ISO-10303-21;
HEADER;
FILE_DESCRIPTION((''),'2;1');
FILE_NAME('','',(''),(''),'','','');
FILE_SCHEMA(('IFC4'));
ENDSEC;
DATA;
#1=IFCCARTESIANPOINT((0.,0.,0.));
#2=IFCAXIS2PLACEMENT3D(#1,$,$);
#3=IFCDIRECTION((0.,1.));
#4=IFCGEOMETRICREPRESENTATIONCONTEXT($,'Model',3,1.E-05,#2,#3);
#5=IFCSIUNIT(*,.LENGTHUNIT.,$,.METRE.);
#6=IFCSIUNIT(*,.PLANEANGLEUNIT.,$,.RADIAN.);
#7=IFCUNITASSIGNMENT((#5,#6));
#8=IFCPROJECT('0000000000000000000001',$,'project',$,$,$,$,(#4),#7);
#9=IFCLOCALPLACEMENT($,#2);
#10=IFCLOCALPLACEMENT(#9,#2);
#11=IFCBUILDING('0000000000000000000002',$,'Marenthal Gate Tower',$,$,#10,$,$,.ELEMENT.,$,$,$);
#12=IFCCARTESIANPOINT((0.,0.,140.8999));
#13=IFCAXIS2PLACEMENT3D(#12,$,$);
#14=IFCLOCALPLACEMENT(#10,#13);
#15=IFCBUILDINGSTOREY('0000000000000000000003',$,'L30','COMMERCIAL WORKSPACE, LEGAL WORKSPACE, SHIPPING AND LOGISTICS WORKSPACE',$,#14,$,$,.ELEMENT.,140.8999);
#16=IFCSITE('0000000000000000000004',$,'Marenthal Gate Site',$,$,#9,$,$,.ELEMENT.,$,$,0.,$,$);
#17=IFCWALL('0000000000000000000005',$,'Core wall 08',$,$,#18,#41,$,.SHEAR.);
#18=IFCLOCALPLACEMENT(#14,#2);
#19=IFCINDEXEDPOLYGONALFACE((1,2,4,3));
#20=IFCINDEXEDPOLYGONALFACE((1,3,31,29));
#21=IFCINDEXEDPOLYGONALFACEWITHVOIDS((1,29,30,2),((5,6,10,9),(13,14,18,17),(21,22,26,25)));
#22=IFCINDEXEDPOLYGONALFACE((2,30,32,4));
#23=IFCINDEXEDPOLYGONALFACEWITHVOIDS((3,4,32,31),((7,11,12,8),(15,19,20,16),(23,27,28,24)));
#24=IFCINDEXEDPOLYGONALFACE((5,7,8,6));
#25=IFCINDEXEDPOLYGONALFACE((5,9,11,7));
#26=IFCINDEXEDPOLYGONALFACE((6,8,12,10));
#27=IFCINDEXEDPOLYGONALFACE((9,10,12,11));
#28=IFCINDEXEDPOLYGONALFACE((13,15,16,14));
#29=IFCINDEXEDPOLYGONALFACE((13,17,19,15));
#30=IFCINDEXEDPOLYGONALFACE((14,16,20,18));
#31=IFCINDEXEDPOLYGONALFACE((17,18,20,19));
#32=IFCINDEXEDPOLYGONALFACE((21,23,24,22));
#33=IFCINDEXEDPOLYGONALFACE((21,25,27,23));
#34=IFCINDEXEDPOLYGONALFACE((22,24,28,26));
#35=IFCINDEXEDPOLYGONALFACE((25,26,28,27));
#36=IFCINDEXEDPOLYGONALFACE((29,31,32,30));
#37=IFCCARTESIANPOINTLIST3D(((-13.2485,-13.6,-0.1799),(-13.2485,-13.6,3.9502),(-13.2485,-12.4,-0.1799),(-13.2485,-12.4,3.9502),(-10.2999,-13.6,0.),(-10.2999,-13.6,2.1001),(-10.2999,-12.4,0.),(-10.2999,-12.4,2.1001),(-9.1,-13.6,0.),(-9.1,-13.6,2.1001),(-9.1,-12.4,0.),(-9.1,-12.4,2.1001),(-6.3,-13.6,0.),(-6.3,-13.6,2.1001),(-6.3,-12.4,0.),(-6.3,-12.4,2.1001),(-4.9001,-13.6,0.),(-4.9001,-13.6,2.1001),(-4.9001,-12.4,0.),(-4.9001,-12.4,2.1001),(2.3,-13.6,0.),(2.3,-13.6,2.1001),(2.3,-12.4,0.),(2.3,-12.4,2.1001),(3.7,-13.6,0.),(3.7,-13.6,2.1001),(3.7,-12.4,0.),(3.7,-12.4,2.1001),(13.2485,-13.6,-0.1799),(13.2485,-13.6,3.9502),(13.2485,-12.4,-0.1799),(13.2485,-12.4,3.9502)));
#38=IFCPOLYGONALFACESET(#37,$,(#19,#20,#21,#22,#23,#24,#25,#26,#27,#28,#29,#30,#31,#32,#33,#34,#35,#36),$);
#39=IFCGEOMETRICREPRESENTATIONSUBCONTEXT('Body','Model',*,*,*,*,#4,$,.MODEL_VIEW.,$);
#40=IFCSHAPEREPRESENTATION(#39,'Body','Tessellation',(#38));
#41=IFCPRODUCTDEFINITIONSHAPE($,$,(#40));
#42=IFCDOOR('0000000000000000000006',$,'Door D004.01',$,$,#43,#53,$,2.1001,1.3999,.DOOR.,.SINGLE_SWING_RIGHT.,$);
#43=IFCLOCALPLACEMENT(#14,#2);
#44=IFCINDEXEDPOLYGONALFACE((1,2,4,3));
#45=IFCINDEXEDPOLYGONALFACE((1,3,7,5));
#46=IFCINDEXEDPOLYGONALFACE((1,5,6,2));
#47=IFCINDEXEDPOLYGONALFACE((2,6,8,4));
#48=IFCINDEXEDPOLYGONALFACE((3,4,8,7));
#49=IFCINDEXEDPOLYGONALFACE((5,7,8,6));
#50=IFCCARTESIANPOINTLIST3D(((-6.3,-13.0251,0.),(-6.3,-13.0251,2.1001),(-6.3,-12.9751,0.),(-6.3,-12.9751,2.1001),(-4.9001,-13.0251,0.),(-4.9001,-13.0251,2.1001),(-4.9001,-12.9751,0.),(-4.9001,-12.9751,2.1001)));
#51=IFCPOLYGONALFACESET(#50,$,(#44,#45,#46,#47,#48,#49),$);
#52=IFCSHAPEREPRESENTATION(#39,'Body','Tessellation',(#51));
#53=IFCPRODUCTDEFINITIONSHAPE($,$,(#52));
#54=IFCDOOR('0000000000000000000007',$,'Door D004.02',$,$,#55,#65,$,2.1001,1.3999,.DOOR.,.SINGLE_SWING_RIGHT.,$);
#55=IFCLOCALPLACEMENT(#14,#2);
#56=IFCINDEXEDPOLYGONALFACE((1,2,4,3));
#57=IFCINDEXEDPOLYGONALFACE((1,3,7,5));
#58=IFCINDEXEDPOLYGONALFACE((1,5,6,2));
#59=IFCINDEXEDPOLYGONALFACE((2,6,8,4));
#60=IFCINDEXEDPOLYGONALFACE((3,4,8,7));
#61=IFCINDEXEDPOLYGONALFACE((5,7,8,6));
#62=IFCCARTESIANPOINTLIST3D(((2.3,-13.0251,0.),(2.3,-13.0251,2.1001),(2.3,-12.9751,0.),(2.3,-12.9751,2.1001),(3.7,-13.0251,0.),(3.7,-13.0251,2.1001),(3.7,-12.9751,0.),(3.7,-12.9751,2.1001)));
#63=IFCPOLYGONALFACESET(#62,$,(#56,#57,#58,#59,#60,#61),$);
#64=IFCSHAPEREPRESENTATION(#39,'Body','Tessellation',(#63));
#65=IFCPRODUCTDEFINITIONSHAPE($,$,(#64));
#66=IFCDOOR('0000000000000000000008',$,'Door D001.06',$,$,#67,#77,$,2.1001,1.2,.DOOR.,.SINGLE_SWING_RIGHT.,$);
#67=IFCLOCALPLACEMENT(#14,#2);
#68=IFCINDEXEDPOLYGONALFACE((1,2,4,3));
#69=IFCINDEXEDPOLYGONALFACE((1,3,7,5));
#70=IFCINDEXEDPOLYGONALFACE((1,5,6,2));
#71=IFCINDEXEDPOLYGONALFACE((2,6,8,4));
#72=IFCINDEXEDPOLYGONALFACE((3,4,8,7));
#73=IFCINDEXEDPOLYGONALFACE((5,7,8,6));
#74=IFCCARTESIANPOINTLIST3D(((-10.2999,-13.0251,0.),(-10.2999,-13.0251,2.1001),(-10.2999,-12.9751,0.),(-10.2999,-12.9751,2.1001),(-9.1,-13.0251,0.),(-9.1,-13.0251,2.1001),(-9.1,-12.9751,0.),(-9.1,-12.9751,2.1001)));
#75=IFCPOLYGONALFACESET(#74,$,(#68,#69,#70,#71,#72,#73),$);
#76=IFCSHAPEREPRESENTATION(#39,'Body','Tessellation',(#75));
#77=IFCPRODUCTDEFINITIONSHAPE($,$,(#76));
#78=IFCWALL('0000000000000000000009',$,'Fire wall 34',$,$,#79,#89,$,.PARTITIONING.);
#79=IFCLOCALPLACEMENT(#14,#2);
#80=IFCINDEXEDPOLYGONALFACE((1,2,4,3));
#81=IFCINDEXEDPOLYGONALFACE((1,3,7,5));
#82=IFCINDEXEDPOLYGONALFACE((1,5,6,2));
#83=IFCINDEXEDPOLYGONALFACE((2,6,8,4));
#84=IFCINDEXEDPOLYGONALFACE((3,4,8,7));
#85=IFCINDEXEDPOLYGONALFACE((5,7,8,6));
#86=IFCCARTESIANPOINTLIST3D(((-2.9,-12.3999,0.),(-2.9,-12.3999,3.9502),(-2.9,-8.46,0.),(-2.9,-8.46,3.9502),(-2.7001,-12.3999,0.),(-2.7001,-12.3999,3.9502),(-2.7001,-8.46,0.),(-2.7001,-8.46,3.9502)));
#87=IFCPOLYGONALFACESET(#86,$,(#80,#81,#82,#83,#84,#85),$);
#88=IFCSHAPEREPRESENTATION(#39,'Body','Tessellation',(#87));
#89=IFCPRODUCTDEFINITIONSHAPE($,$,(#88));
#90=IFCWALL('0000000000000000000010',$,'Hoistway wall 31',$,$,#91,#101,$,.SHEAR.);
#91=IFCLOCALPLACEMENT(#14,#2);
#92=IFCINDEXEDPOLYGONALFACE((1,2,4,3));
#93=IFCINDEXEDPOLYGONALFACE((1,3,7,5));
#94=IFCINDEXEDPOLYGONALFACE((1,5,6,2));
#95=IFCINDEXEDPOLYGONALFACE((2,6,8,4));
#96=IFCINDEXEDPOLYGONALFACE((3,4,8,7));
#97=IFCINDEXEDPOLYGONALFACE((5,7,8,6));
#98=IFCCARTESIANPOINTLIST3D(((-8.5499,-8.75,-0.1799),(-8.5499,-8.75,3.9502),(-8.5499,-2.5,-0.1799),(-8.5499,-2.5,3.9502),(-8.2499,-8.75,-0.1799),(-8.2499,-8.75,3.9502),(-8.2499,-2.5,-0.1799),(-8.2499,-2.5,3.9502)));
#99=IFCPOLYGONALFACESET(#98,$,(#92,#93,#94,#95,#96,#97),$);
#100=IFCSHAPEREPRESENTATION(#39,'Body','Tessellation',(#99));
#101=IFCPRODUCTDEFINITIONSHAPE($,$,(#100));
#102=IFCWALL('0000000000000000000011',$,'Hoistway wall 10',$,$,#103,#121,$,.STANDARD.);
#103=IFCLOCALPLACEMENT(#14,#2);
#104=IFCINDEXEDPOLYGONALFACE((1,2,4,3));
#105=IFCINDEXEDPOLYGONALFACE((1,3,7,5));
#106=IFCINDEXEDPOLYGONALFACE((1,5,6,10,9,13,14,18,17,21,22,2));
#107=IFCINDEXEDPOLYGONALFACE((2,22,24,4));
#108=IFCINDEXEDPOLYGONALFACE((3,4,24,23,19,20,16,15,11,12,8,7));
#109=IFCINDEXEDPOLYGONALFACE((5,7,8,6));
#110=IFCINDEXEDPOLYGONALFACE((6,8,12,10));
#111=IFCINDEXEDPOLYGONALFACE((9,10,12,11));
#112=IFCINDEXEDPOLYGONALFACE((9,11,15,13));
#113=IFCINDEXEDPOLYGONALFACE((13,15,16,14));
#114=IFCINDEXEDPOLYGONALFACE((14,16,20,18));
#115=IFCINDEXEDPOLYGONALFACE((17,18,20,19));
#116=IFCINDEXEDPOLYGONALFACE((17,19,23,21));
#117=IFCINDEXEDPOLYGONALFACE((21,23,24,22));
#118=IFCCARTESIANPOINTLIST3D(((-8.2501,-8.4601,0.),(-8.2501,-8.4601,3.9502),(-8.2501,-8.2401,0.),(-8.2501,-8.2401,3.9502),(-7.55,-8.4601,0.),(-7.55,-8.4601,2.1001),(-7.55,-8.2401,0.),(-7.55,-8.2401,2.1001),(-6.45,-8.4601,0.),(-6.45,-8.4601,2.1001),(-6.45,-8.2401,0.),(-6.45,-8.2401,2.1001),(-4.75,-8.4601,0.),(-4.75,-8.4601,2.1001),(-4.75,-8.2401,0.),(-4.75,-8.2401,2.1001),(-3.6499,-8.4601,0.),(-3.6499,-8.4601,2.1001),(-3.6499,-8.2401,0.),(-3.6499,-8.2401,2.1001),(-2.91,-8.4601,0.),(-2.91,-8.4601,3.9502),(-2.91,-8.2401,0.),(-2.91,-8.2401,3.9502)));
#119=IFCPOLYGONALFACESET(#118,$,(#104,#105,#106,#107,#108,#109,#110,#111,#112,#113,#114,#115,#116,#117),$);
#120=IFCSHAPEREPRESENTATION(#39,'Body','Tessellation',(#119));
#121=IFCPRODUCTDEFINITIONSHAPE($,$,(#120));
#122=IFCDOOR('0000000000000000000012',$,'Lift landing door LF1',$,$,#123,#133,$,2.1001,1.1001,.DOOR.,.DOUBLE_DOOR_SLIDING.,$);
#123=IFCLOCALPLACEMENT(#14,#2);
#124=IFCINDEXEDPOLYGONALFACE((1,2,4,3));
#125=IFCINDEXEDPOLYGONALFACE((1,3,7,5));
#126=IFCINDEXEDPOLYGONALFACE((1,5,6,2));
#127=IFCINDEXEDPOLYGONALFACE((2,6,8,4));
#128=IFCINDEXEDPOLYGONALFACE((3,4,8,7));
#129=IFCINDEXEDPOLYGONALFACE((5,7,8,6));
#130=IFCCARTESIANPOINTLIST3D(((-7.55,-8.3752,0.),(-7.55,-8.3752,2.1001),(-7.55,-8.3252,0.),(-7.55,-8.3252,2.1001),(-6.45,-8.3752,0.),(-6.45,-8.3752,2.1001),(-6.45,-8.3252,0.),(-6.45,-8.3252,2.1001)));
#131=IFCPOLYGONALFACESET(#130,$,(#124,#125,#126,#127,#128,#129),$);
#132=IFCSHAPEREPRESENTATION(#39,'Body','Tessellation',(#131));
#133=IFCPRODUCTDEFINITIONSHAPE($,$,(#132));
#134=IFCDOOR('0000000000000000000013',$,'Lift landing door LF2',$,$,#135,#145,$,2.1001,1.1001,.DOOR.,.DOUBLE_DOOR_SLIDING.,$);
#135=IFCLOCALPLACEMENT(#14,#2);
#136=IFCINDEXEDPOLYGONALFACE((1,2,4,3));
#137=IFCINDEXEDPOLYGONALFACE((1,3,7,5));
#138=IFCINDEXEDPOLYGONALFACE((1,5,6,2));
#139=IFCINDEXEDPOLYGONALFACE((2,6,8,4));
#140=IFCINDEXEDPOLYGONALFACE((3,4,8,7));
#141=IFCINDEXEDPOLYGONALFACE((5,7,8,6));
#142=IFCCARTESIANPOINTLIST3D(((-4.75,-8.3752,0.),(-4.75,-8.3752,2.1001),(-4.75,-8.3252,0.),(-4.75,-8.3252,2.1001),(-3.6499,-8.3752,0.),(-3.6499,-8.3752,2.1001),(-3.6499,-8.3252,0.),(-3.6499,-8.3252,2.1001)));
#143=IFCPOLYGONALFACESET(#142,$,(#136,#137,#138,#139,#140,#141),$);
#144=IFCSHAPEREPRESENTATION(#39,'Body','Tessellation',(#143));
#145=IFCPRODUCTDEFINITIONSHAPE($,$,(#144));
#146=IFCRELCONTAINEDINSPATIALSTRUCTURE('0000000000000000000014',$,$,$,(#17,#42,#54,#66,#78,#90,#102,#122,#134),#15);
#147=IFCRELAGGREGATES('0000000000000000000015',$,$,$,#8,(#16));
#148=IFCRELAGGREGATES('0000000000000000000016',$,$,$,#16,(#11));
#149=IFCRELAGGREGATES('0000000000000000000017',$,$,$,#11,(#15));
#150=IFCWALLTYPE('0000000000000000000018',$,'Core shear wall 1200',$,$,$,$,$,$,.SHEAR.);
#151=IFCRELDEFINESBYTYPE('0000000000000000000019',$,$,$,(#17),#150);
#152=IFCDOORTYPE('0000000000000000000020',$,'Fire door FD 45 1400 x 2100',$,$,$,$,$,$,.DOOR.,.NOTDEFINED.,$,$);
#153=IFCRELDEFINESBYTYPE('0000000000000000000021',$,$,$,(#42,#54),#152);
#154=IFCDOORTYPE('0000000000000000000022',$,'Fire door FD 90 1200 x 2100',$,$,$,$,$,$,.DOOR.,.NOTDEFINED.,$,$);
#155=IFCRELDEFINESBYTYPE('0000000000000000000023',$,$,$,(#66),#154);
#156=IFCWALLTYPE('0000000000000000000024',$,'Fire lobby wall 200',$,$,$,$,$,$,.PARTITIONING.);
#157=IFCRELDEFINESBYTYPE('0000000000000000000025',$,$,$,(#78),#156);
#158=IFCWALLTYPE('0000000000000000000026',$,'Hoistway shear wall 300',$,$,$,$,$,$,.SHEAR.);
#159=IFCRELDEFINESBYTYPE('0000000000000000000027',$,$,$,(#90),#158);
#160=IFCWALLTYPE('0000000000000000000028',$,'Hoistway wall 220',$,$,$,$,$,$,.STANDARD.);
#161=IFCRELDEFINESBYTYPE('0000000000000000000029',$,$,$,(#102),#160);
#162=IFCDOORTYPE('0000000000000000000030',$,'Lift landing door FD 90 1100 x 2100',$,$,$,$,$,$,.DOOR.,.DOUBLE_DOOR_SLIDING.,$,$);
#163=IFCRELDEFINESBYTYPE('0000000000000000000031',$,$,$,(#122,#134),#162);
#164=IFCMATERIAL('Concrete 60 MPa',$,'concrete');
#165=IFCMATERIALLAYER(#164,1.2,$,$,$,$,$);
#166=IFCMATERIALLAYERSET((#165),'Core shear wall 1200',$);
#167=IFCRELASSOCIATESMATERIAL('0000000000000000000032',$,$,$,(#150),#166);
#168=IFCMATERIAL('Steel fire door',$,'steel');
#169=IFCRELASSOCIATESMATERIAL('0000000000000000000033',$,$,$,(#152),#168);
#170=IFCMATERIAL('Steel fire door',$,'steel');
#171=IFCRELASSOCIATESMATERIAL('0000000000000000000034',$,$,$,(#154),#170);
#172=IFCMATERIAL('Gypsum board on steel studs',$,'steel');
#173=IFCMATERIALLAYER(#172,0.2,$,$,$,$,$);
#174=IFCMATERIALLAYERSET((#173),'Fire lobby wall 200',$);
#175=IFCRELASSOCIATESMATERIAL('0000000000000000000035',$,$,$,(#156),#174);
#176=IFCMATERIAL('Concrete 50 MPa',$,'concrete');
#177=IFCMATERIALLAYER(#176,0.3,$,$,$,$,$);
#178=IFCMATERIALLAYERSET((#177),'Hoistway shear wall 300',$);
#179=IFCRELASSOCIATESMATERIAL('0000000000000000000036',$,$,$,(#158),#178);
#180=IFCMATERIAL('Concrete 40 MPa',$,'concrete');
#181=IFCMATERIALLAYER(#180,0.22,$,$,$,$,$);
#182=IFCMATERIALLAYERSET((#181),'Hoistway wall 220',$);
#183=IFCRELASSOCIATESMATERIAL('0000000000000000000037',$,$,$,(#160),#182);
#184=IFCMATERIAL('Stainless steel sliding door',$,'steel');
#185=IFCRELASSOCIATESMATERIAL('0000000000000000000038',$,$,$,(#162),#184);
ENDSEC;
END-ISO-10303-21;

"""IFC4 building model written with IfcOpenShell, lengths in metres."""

from ifc_helpers import new_model, si_unit, direction, frame, frame_2d, origin, place, context, subcontext, project, spatial, rectangle, extrude, material, layer, layer_set, type_object, element, fill, save


model = new_model("IFC4")

# Units and contexts
model_context = context("Model", 3, precision=1e-05, world=origin(), true_north=direction((0.0, 1.0)))
body_context = subcontext(model_context, "Body", "Model", "MODEL_VIEW")
ifc_project = project(units=[si_unit("LENGTHUNIT", "METRE"), si_unit("PLANEANGLEUNIT", "RADIAN")], contexts=[model_context])

# Site, building, storey
site_placement = place(None, origin())
site = spatial("IfcSite", under=ifc_project, at=site_placement, Name="Marenthal Gate Site", CompositionType="ELEMENT", RefElevation=0.0)
building_placement = place(site_placement, origin())
building = spatial("IfcBuilding", under=site, at=building_placement, Name="Marenthal Gate Tower", CompositionType="ELEMENT")
storey_placement = place(building_placement, frame((0.0, 0.0, 140.8999)))
storey = spatial("IfcBuildingStorey", under=building, at=storey_placement, Name="L30", Description="COMMERCIAL WORKSPACE, LEGAL WORKSPACE, SHIPPING AND LOGISTICS WORKSPACE", CompositionType="ELEMENT", Elevation=140.8999)

# Wall, openings, doors
ifc_material_1 = material(Name="Concrete 60 MPa", Category="concrete")
ifc_layer_1 = layer(ifc_material_1, 1.2)
ifc_layer_set_1 = layer_set([ifc_layer_1], Name="Core shear wall 1200")
wall_type_1 = type_object("IfcWallType", Name="Core shear wall 1200", PredefinedType="SHEAR", material=ifc_layer_set_1)
wall_1_placement = place(storey_placement, frame((-13.2485, -13.0, -0.1799), z_axis=(0.0, 0.0, 1.0), x_axis=(1.0, 0.0, 0.0)))
wall_1 = element("IfcWall", 1, at=wall_1_placement, inside=storey, type_object=wall_type_1, Name="Core wall 08", PredefinedType="SHEAR", context=body_context, shape_type="SweptSolid", body=[
    extrude(rectangle(XDim=26.4971, YDim=1.2, at=frame_2d((13.2485, 0.0))), origin(), (0.0, 0.0, 1.0), 4.1301),
])
opening_1_placement = place(wall_1_placement, frame((2.9485, 0.0, 0.1799)))
opening_1 = element("IfcOpeningElement", 2, at=opening_1_placement, cuts=wall_1, PredefinedType="OPENING", context=body_context, shape_type="SweptSolid", body=[
    extrude(rectangle(XDim=1.2, YDim=2.1001, at=frame_2d((0.6001, 1.05))), frame((0.0, 0.6099, 0.0), z_axis=(0.0, -1.0, 0.0), x_axis=(1.0, 0.0, 0.0)), (0.0, 0.0, 1.0), 1.22),
])
opening_2_placement = place(wall_1_placement, frame((6.9485, 0.0, 0.1799)))
opening_2 = element("IfcOpeningElement", 3, at=opening_2_placement, cuts=wall_1, PredefinedType="OPENING", context=body_context, shape_type="SweptSolid", body=[
    extrude(rectangle(XDim=1.3999, YDim=2.1001, at=frame_2d((0.7, 1.05))), frame((0.0, 0.6099, 0.0), z_axis=(0.0, -1.0, 0.0), x_axis=(1.0, 0.0, 0.0)), (0.0, 0.0, 1.0), 1.22),
])
opening_3_placement = place(wall_1_placement, frame((15.5486, 0.0, 0.1799)))
opening_3 = element("IfcOpeningElement", 4, at=opening_3_placement, cuts=wall_1, PredefinedType="OPENING", context=body_context, shape_type="SweptSolid", body=[
    extrude(rectangle(XDim=1.3999, YDim=2.1001, at=frame_2d((0.7, 1.05))), frame((0.0, 0.6099, 0.0), z_axis=(0.0, -1.0, 0.0), x_axis=(1.0, 0.0, 0.0)), (0.0, 0.0, 1.0), 1.22),
])
ifc_material_2 = material(Name="Steel fire door", Category="steel")
door_type_1 = type_object("IfcDoorType", Name="Fire door FD 45 1400 x 2100", OperationType="NOTDEFINED", PredefinedType="DOOR", material=ifc_material_2)
door_1_placement = place(opening_2_placement, origin())
door_1 = element("IfcDoor", 5, at=door_1_placement, inside=storey, type_object=door_type_1, Name="Door D004.01", OperationType="SINGLE_SWING_RIGHT", OverallHeight=2.1001, OverallWidth=1.3999, PredefinedType="DOOR", context=body_context, shape_type="SweptSolid", body=[
    extrude(rectangle(XDim=1.3999, YDim=2.1001, at=frame_2d((0.7, 1.05))), frame((0.0, 0.0249, 0.0), z_axis=(0.0, -1.0, 0.0), x_axis=(1.0, 0.0, 0.0)), (0.0, 0.0, 1.0), 0.05),
])
fill(opening_2, door_1)
door_2_placement = place(opening_3_placement, origin())
door_2 = element("IfcDoor", 6, at=door_2_placement, inside=storey, type_object=door_type_1, Name="Door D004.02", OperationType="SINGLE_SWING_RIGHT", OverallHeight=2.1001, OverallWidth=1.3999, PredefinedType="DOOR", context=body_context, shape_type="SweptSolid", body=[
    extrude(rectangle(XDim=1.3999, YDim=2.1001, at=frame_2d((0.7, 1.05))), frame((0.0, 0.0249, 0.0), z_axis=(0.0, -1.0, 0.0), x_axis=(1.0, 0.0, 0.0)), (0.0, 0.0, 1.0), 0.05),
])
fill(opening_3, door_2)
ifc_material_3 = material(Name="Steel fire door", Category="steel")
door_type_2 = type_object("IfcDoorType", Name="Fire door FD 90 1200 x 2100", OperationType="NOTDEFINED", PredefinedType="DOOR", material=ifc_material_3)
door_3_placement = place(opening_1_placement, origin())
door_3 = element("IfcDoor", 7, at=door_3_placement, inside=storey, type_object=door_type_2, Name="Door D001.06", OperationType="SINGLE_SWING_RIGHT", OverallHeight=2.1001, OverallWidth=1.2, PredefinedType="DOOR", context=body_context, shape_type="SweptSolid", body=[
    extrude(rectangle(XDim=1.2, YDim=2.1001, at=frame_2d((0.6001, 1.05))), frame((0.0, 0.0249, 0.0), z_axis=(0.0, -1.0, 0.0), x_axis=(1.0, 0.0, 0.0)), (0.0, 0.0, 1.0), 0.05),
])
fill(opening_1, door_3)

# Walls
ifc_material_4 = material(Name="Gypsum board on steel studs", Category="steel")
ifc_layer_2 = layer(ifc_material_4, 0.2)
ifc_layer_set_2 = layer_set([ifc_layer_2], Name="Fire lobby wall 200")
wall_type_2 = type_object("IfcWallType", Name="Fire lobby wall 200", PredefinedType="PARTITIONING", material=ifc_layer_set_2)
wall_2_placement = place(storey_placement, frame((-2.8, -12.3999, 0.0), z_axis=(0.0, 0.0, 1.0), x_axis=(0.0, 1.0, 0.0)))
element("IfcWall", 8, at=wall_2_placement, inside=storey, type_object=wall_type_2, Name="Fire wall 34", PredefinedType="PARTITIONING", context=body_context, shape_type="SweptSolid", body=[
    extrude(rectangle(XDim=3.9399, YDim=0.2, at=frame_2d((1.97, 0.0))), origin(), (0.0, 0.0, 1.0), 3.9502),
])
ifc_material_5 = material(Name="Concrete 50 MPa", Category="concrete")
ifc_layer_3 = layer(ifc_material_5, 0.3)
ifc_layer_set_3 = layer_set([ifc_layer_3], Name="Hoistway shear wall 300")
wall_type_3 = type_object("IfcWallType", Name="Hoistway shear wall 300", PredefinedType="SHEAR", material=ifc_layer_set_3)
wall_3_placement = place(storey_placement, frame((-8.3999, -8.75, -0.1799), z_axis=(0.0, 0.0, 1.0), x_axis=(0.0, 1.0, 0.0)))
element("IfcWall", 9, at=wall_3_placement, inside=storey, type_object=wall_type_3, Name="Hoistway wall 31", PredefinedType="SHEAR", context=body_context, shape_type="SweptSolid", body=[
    extrude(rectangle(XDim=6.25, YDim=0.3, at=frame_2d((3.125, 0.0))), origin(), (0.0, 0.0, 1.0), 4.1301),
])

# Wall, openings, doors
ifc_material_6 = material(Name="Concrete 40 MPa", Category="concrete")
ifc_layer_4 = layer(ifc_material_6, 0.22)
ifc_layer_set_4 = layer_set([ifc_layer_4], Name="Hoistway wall 220")
wall_type_4 = type_object("IfcWallType", Name="Hoistway wall 220", PredefinedType="STANDARD", material=ifc_layer_set_4)
wall_4_placement = place(storey_placement, frame((-8.25, -8.3501, 0.0), z_axis=(0.0, 0.0, 1.0), x_axis=(1.0, 0.0, 0.0)))
wall_4 = element("IfcWall", 10, at=wall_4_placement, inside=storey, type_object=wall_type_4, Name="Hoistway wall 10", PredefinedType="STANDARD", context=body_context, shape_type="SweptSolid", body=[
    extrude(rectangle(XDim=5.3401, YDim=0.22, at=frame_2d((2.6699, 0.0))), origin(), (0.0, 0.0, 1.0), 3.9502),
])
opening_4_placement = place(wall_4_placement, frame((0.7, 0.0, 0.0)))
opening_4 = element("IfcOpeningElement", 11, at=opening_4_placement, cuts=wall_4, PredefinedType="OPENING", context=body_context, shape_type="SweptSolid", body=[
    extrude(rectangle(XDim=1.1001, YDim=2.1001, at=frame_2d((0.55, 1.05))), frame((0.0, 0.1201, 0.0), z_axis=(0.0, -1.0, 0.0), x_axis=(1.0, 0.0, 0.0)), (0.0, 0.0, 1.0), 0.24),
])
opening_5_placement = place(wall_4_placement, frame((3.5, 0.0, 0.0)))
opening_5 = element("IfcOpeningElement", 12, at=opening_5_placement, cuts=wall_4, PredefinedType="OPENING", context=body_context, shape_type="SweptSolid", body=[
    extrude(rectangle(XDim=1.1001, YDim=2.1001, at=frame_2d((0.55, 1.05))), frame((0.0, 0.1201, 0.0), z_axis=(0.0, -1.0, 0.0), x_axis=(1.0, 0.0, 0.0)), (0.0, 0.0, 1.0), 0.24),
])
ifc_material_7 = material(Name="Stainless steel sliding door", Category="steel")
door_type_3 = type_object("IfcDoorType", Name="Lift landing door FD 90 1100 x 2100", OperationType="DOUBLE_DOOR_SLIDING", PredefinedType="DOOR", material=ifc_material_7)
door_4_placement = place(opening_4_placement, origin())
door_4 = element("IfcDoor", 13, at=door_4_placement, inside=storey, type_object=door_type_3, Name="Lift landing door LF1", OperationType="DOUBLE_DOOR_SLIDING", OverallHeight=2.1001, OverallWidth=1.1001, PredefinedType="DOOR", context=body_context, shape_type="SweptSolid", body=[
    extrude(rectangle(XDim=1.1001, YDim=2.1001, at=frame_2d((0.55, 1.05))), frame((0.0, 0.0249, 0.0), z_axis=(0.0, -1.0, 0.0), x_axis=(1.0, 0.0, 0.0)), (0.0, 0.0, 1.0), 0.05),
])
fill(opening_4, door_4)
door_5_placement = place(opening_5_placement, origin())
door_5 = element("IfcDoor", 14, at=door_5_placement, inside=storey, type_object=door_type_3, Name="Lift landing door LF2", OperationType="DOUBLE_DOOR_SLIDING", OverallHeight=2.1001, OverallWidth=1.1001, PredefinedType="DOOR", context=body_context, shape_type="SweptSolid", body=[
    extrude(rectangle(XDim=1.1001, YDim=2.1001, at=frame_2d((0.55, 1.05))), frame((0.0, 0.0249, 0.0), z_axis=(0.0, -1.0, 0.0), x_axis=(1.0, 0.0, 0.0)), (0.0, 0.0, 1.0), 0.05),
])
fill(opening_5, door_5)

save(model, "model.ifc")
